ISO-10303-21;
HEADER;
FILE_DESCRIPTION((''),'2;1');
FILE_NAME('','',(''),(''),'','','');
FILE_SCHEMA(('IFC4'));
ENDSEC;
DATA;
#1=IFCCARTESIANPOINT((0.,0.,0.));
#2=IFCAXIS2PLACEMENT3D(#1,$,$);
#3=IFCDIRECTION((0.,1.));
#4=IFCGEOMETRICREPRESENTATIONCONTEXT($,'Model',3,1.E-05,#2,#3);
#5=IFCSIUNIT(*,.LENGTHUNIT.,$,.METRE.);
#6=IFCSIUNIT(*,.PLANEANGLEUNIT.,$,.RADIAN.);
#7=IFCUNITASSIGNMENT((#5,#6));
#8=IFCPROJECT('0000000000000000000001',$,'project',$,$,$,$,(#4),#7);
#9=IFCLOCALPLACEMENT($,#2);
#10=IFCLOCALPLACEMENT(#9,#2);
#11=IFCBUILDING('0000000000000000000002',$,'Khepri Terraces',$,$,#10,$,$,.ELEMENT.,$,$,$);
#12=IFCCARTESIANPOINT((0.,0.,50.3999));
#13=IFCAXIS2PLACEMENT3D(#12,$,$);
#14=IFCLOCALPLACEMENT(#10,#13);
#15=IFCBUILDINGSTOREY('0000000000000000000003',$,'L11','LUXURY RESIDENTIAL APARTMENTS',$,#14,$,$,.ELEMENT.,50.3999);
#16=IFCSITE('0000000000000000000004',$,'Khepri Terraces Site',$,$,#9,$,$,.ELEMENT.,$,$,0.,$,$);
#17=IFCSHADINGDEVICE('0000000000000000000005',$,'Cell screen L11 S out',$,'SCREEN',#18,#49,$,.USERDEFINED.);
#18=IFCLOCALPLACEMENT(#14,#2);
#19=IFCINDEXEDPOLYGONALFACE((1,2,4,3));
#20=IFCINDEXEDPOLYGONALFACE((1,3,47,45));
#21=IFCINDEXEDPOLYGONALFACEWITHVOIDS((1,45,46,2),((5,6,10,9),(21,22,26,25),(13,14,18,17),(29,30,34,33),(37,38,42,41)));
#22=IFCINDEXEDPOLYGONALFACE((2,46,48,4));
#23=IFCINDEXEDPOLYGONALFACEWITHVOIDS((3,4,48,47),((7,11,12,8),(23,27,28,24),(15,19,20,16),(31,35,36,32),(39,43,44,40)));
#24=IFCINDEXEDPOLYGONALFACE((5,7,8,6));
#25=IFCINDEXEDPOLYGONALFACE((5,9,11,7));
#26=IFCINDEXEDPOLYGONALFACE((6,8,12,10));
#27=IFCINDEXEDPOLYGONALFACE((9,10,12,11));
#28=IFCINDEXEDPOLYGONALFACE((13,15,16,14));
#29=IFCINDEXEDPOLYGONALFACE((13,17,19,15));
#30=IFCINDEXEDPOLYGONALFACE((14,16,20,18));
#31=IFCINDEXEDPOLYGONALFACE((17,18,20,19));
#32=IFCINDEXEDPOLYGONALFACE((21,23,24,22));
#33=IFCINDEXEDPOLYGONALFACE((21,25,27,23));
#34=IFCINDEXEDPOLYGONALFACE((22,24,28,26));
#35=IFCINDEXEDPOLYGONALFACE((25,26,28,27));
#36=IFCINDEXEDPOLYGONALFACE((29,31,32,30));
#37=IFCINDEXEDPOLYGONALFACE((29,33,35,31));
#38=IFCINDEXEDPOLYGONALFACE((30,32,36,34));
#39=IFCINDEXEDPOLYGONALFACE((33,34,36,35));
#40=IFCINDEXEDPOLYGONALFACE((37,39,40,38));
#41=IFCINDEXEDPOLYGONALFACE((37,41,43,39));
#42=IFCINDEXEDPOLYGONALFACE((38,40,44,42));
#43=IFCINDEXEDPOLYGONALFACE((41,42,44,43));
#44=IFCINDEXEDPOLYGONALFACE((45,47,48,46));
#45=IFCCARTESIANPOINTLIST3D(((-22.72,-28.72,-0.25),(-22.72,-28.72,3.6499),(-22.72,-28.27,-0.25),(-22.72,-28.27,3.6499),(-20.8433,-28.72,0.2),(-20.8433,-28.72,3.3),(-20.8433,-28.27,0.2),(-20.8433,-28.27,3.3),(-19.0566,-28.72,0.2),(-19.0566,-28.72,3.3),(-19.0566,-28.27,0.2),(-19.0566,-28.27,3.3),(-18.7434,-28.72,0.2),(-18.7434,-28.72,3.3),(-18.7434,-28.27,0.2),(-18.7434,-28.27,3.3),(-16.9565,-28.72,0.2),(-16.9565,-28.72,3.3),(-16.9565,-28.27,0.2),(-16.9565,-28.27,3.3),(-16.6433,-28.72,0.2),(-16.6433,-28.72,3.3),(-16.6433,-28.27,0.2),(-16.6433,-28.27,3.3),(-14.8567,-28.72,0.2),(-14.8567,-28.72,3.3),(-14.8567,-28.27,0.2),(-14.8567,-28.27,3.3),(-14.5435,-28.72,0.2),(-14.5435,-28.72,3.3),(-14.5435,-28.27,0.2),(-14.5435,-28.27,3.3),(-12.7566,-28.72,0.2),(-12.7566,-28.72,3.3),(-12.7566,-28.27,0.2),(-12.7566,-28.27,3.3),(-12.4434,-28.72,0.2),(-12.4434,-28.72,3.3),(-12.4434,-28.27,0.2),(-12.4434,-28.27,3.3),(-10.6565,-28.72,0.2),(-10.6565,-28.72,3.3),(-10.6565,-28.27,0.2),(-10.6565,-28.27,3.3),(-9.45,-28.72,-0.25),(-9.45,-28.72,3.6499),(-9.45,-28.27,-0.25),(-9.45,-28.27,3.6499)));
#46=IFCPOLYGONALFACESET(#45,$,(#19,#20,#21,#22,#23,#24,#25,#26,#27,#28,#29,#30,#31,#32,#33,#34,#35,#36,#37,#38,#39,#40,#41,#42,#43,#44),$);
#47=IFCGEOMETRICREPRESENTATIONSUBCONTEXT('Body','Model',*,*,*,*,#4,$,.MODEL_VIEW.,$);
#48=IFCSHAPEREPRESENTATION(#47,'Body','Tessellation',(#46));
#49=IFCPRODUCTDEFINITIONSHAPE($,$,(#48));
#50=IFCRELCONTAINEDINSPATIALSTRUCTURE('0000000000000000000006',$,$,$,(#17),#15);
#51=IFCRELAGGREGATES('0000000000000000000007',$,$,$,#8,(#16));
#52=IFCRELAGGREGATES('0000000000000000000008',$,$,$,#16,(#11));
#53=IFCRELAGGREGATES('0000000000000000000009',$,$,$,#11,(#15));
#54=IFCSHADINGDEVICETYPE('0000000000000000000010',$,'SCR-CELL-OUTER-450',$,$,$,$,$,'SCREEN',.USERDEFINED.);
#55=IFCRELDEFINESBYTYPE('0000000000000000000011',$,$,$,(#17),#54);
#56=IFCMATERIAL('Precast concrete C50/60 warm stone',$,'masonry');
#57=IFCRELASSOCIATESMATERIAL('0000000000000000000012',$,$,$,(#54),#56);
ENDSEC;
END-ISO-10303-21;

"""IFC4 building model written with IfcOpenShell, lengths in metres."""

from ifc_helpers import new_model, si_unit, direction, frame, origin, place, context, subcontext, project, spatial, polyline, outline, extrude, material, type_object, element, save


model = new_model("IFC4")

# Units and contexts
model_context = context("Model", 3, precision=1e-05, world=origin(), true_north=direction((0.0, 1.0)))
body_context = subcontext(model_context, "Body", "Model", "MODEL_VIEW")
ifc_project = project(units=[si_unit("LENGTHUNIT", "METRE"), si_unit("PLANEANGLEUNIT", "RADIAN")], contexts=[model_context])

# Site, building, storey
site_placement = place(None, origin())
site = spatial("IfcSite", under=ifc_project, at=site_placement, Name="Khepri Terraces Site", CompositionType="ELEMENT", RefElevation=0.0)
building_placement = place(site_placement, origin())
building = spatial("IfcBuilding", under=site, at=building_placement, Name="Khepri Terraces", CompositionType="ELEMENT")
storey_placement = place(building_placement, frame((0.0, 0.0, 50.3999)))
storey = spatial("IfcBuildingStorey", under=building, at=storey_placement, Name="L11", Description="LUXURY RESIDENTIAL APARTMENTS", CompositionType="ELEMENT", Elevation=50.3999)

# Shared definitions
ifc_material_1 = material(Name="Precast concrete C50/60 warm stone", Category="masonry")

# Shading device
shading_device_type_1 = type_object("IfcShadingDeviceType", Name="SCR-CELL-OUTER-450", ElementType="SCREEN", PredefinedType="USERDEFINED", material=ifc_material_1)
shading_device_1_placement = place(storey_placement, frame((-22.72, -28.27, -0.25), z_axis=(0.0, -1.0, 0.0), x_axis=(1.0, 0.0, 0.0)))
element("IfcShadingDevice", 1, at=shading_device_1_placement, inside=storey, type_object=shading_device_type_1, Name="Cell screen L11 S out", ObjectType="SCREEN", PredefinedType="USERDEFINED", context=body_context, shape_type="SweptSolid", body=[
    extrude(outline(polyline([(0.0, 0.0), (13.27, 0.0), (13.27, 3.8999), (0.0, 3.8999), (0.0, 0.0)]), holes=[polyline([(1.8767, 0.45), (3.6633, 0.45), (3.6633, 3.55), (1.8767, 3.55), (1.8767, 0.45)]), polyline([(3.9766, 0.45), (5.7634, 0.45), (5.7634, 3.55), (3.9766, 3.55), (3.9766, 0.45)]), polyline([(6.0767, 0.45), (7.8633, 0.45), (7.8633, 3.55), (6.0767, 3.55), (6.0767, 0.45)]), polyline([(8.1765, 0.45), (9.9634, 0.45), (9.9634, 3.55), (8.1765, 3.55), (8.1765, 0.45)]), polyline([(10.2766, 0.45), (12.0635, 0.45), (12.0635, 3.55), (10.2766, 3.55), (10.2766, 0.45)])]), origin(), (0.0, 0.0, 1.0), 0.45),
])

save(model, "model.ifc")
